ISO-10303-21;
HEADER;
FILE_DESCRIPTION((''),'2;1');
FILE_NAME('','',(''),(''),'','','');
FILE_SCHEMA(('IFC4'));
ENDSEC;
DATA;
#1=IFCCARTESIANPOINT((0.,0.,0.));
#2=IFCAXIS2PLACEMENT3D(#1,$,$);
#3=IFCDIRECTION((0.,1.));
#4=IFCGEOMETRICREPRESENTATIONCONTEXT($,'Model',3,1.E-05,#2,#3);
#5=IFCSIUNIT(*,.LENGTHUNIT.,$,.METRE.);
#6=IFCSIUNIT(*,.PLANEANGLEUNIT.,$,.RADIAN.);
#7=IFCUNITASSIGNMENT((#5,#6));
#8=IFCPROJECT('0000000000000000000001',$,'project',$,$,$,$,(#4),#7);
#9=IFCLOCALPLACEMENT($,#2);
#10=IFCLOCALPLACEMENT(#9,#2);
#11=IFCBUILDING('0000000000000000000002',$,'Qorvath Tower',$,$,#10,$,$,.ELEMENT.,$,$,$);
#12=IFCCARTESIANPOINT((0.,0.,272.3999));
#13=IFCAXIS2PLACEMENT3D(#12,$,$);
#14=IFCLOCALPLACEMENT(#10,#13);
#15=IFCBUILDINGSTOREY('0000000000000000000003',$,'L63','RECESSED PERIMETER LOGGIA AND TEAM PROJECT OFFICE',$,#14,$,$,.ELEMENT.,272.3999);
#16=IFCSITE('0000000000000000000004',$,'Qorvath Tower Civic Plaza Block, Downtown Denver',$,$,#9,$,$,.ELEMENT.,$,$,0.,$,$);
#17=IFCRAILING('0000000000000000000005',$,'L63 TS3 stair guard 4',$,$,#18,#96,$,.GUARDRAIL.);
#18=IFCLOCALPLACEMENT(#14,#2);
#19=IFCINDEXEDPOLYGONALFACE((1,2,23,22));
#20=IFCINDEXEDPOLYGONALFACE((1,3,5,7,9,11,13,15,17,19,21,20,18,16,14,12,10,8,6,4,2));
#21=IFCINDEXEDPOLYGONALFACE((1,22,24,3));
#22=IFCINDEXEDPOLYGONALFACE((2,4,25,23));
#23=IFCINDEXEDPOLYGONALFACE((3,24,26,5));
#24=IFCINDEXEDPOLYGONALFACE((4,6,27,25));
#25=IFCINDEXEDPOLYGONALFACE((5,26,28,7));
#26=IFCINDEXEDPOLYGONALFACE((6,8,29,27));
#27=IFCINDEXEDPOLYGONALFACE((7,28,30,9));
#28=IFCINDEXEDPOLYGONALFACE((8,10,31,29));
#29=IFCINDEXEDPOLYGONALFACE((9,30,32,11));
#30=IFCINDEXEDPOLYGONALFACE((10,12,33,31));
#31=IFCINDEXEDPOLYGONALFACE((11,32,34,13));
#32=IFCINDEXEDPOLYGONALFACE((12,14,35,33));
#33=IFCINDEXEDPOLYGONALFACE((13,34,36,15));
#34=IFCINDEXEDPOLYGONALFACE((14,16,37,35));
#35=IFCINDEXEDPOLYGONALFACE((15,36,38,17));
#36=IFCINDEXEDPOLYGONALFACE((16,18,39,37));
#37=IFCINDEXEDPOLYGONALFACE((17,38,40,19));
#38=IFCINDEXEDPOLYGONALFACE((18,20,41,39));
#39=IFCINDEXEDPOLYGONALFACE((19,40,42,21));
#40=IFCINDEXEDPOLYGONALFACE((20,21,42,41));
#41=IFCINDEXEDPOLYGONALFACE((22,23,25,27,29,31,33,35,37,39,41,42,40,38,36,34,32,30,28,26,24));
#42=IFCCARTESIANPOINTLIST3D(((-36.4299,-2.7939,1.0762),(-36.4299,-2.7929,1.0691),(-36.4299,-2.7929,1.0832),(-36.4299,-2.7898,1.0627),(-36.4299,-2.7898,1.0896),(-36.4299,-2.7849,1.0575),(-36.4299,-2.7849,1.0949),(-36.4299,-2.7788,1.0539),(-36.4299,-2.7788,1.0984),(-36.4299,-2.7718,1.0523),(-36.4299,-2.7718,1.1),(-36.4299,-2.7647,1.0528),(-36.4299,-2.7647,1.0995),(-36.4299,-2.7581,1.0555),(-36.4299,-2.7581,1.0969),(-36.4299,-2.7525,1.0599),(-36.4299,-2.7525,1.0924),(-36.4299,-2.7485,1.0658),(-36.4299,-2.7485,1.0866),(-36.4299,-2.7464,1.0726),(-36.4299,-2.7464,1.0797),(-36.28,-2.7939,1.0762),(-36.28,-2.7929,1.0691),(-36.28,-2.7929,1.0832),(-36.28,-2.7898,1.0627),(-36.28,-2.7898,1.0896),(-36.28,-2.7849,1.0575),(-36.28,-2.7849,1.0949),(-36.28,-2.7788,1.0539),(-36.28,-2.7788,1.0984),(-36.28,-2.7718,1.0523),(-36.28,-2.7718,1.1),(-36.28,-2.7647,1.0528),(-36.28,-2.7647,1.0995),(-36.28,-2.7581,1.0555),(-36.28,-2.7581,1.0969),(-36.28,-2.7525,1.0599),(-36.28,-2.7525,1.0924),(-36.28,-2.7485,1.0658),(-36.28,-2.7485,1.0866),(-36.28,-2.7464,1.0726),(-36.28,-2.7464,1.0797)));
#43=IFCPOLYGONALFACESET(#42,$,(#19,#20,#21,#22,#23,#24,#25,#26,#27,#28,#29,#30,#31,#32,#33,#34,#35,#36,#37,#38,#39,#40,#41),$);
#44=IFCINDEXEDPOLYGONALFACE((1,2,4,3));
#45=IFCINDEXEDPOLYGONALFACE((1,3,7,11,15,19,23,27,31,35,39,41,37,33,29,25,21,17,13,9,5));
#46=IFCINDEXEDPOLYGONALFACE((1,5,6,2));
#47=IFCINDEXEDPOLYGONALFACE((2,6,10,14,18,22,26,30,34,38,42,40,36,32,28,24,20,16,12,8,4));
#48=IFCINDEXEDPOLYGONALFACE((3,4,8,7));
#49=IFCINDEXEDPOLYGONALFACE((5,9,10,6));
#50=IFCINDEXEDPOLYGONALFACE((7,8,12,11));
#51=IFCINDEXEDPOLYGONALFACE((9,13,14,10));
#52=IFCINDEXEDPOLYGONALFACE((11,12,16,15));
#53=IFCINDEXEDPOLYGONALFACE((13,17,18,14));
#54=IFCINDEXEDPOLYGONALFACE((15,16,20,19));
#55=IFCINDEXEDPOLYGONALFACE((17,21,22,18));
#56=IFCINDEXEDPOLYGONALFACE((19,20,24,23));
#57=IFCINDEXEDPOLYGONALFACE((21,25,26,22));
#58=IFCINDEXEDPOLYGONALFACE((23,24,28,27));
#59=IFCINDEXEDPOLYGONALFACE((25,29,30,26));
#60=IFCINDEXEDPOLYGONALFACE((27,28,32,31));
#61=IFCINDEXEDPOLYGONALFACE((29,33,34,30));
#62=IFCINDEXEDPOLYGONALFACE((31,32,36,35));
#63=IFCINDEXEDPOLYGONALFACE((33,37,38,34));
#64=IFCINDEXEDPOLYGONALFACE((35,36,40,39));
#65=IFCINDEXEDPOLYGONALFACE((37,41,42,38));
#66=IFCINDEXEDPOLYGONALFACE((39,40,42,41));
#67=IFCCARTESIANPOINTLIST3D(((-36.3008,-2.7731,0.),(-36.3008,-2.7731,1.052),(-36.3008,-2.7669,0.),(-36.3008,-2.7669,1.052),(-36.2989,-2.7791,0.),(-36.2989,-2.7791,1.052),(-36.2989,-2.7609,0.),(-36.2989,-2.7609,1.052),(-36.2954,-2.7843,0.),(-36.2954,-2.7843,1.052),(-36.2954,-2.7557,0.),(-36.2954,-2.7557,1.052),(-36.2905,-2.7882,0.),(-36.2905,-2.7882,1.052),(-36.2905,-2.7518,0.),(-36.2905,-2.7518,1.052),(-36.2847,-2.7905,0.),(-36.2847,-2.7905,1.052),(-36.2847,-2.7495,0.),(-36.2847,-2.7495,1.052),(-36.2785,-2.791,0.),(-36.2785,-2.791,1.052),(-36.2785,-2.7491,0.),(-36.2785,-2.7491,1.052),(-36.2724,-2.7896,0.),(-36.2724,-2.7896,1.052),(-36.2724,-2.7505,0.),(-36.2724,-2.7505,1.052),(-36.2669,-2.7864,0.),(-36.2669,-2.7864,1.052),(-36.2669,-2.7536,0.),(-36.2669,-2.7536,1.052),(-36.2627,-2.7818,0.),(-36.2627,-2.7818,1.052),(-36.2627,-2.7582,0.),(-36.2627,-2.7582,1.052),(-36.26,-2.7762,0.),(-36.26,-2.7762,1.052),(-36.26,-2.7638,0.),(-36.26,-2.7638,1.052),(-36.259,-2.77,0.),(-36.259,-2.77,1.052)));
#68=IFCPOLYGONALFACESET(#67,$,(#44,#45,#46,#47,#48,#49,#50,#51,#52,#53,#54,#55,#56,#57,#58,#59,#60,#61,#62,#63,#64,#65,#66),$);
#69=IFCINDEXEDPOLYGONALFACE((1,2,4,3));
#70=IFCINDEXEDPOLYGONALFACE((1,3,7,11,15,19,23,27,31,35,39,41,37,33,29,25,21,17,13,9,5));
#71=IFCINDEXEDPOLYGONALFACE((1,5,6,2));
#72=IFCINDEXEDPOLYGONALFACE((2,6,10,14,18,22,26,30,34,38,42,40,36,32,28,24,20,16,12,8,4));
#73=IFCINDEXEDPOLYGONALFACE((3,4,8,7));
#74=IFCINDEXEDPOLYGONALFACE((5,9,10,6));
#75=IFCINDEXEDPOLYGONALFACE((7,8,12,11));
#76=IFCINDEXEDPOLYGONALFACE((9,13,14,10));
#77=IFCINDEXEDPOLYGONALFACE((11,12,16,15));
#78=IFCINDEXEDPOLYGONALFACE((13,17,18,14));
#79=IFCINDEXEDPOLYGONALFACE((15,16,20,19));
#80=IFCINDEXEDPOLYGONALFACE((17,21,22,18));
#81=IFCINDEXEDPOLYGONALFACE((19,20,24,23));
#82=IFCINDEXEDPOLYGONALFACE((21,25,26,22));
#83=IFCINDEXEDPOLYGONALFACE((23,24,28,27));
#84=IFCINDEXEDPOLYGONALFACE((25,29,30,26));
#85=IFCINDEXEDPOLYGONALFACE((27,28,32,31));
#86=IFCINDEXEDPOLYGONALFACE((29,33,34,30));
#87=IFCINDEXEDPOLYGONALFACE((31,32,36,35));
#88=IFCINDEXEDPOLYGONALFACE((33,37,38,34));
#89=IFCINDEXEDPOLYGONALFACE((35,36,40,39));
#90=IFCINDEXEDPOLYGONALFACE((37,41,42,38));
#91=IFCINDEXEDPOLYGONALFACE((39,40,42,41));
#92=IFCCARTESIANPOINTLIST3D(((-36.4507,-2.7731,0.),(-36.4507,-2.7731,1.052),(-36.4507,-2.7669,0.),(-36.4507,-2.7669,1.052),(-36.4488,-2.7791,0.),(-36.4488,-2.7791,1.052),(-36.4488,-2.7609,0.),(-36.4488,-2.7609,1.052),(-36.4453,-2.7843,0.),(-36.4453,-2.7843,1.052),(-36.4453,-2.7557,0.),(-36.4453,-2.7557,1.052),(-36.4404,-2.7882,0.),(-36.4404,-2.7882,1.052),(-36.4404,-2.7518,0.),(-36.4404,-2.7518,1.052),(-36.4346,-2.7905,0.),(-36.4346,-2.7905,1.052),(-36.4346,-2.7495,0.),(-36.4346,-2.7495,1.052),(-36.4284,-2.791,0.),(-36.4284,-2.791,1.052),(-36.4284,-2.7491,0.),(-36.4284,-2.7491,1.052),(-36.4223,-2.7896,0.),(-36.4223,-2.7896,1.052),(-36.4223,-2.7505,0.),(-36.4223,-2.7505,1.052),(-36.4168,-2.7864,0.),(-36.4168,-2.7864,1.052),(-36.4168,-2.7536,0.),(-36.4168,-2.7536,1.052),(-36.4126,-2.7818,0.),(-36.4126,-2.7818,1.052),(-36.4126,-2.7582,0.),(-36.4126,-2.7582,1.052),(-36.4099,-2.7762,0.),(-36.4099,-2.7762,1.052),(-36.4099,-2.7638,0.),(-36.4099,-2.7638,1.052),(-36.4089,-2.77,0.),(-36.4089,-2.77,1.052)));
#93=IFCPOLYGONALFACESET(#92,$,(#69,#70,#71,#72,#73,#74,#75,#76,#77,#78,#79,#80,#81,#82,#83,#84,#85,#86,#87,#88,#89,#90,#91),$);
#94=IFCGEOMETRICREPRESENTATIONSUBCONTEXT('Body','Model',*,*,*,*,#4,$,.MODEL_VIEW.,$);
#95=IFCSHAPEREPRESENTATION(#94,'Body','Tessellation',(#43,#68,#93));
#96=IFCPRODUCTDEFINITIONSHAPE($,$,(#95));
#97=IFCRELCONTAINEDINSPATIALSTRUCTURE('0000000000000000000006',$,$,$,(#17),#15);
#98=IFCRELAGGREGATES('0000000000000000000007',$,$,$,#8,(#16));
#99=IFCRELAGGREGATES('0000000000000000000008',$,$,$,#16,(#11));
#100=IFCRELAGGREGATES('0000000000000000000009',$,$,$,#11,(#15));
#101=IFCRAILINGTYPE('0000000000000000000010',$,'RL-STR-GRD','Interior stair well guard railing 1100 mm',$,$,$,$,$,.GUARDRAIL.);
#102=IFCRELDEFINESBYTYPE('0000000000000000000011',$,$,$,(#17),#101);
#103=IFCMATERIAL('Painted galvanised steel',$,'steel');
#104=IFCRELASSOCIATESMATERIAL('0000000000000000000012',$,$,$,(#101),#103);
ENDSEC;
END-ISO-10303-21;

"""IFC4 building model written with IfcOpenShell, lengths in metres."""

from ifc_helpers import new_model, si_unit, direction, frame, origin, origin_2d, place, context, subcontext, project, spatial, circle, extrude, material, type_object, element, save


model = new_model("IFC4")

# Units and contexts
model_context = context("Model", 3, precision=1e-05, world=origin(), true_north=direction((0.0, 1.0)))
body_context = subcontext(model_context, "Body", "Model", "MODEL_VIEW")
ifc_project = project(units=[si_unit("LENGTHUNIT", "METRE"), si_unit("PLANEANGLEUNIT", "RADIAN")], contexts=[model_context])

# Site, building, storey
site_placement = place(None, origin())
site = spatial("IfcSite", under=ifc_project, at=site_placement, Name="Qorvath Tower Civic Plaza Block, Downtown Denver", CompositionType="ELEMENT", RefElevation=0.0)
building_placement = place(site_placement, origin())
building = spatial("IfcBuilding", under=site, at=building_placement, Name="Qorvath Tower", CompositionType="ELEMENT")
storey_placement = place(building_placement, frame((0.0, 0.0, 272.3999)))
storey = spatial("IfcBuildingStorey", under=building, at=storey_placement, Name="L63", Description="RECESSED PERIMETER LOGGIA AND TEAM PROJECT OFFICE", CompositionType="ELEMENT", Elevation=272.3999)

# Railing
ifc_material_1 = material(Name="Painted galvanised steel", Category="steel")
railing_type_1 = type_object("IfcRailingType", Name="RL-STR-GRD", Description="Interior stair well guard railing 1100 mm", PredefinedType="GUARDRAIL", material=ifc_material_1)
railing_1_placement = place(storey_placement, frame((-36.28, -2.77, 0.0)))
element("IfcRailing", 1, at=railing_1_placement, inside=storey, type_object=railing_type_1, Name="L63 TS3 stair guard 4", PredefinedType="GUARDRAIL", context=body_context, shape_type="SweptSolid", body=[
    extrude(circle(Radius=0.0239, at=origin_2d()), frame((0.0, 0.0, 1.0762), z_axis=(-1.0, 0.0, 0.0), x_axis=(0.0, -1.0, 0.0)), (0.0, 0.0, 1.0), 0.1499),
    extrude(circle(Radius=0.021, at=origin_2d()), origin(), (0.0, 0.0, 1.0), 1.052),
    extrude(circle(Radius=0.021, at=origin_2d()), frame((-0.1499, 0.0, 0.0)), (0.0, 0.0, 1.0), 1.052),
])

save(model, "model.ifc")
